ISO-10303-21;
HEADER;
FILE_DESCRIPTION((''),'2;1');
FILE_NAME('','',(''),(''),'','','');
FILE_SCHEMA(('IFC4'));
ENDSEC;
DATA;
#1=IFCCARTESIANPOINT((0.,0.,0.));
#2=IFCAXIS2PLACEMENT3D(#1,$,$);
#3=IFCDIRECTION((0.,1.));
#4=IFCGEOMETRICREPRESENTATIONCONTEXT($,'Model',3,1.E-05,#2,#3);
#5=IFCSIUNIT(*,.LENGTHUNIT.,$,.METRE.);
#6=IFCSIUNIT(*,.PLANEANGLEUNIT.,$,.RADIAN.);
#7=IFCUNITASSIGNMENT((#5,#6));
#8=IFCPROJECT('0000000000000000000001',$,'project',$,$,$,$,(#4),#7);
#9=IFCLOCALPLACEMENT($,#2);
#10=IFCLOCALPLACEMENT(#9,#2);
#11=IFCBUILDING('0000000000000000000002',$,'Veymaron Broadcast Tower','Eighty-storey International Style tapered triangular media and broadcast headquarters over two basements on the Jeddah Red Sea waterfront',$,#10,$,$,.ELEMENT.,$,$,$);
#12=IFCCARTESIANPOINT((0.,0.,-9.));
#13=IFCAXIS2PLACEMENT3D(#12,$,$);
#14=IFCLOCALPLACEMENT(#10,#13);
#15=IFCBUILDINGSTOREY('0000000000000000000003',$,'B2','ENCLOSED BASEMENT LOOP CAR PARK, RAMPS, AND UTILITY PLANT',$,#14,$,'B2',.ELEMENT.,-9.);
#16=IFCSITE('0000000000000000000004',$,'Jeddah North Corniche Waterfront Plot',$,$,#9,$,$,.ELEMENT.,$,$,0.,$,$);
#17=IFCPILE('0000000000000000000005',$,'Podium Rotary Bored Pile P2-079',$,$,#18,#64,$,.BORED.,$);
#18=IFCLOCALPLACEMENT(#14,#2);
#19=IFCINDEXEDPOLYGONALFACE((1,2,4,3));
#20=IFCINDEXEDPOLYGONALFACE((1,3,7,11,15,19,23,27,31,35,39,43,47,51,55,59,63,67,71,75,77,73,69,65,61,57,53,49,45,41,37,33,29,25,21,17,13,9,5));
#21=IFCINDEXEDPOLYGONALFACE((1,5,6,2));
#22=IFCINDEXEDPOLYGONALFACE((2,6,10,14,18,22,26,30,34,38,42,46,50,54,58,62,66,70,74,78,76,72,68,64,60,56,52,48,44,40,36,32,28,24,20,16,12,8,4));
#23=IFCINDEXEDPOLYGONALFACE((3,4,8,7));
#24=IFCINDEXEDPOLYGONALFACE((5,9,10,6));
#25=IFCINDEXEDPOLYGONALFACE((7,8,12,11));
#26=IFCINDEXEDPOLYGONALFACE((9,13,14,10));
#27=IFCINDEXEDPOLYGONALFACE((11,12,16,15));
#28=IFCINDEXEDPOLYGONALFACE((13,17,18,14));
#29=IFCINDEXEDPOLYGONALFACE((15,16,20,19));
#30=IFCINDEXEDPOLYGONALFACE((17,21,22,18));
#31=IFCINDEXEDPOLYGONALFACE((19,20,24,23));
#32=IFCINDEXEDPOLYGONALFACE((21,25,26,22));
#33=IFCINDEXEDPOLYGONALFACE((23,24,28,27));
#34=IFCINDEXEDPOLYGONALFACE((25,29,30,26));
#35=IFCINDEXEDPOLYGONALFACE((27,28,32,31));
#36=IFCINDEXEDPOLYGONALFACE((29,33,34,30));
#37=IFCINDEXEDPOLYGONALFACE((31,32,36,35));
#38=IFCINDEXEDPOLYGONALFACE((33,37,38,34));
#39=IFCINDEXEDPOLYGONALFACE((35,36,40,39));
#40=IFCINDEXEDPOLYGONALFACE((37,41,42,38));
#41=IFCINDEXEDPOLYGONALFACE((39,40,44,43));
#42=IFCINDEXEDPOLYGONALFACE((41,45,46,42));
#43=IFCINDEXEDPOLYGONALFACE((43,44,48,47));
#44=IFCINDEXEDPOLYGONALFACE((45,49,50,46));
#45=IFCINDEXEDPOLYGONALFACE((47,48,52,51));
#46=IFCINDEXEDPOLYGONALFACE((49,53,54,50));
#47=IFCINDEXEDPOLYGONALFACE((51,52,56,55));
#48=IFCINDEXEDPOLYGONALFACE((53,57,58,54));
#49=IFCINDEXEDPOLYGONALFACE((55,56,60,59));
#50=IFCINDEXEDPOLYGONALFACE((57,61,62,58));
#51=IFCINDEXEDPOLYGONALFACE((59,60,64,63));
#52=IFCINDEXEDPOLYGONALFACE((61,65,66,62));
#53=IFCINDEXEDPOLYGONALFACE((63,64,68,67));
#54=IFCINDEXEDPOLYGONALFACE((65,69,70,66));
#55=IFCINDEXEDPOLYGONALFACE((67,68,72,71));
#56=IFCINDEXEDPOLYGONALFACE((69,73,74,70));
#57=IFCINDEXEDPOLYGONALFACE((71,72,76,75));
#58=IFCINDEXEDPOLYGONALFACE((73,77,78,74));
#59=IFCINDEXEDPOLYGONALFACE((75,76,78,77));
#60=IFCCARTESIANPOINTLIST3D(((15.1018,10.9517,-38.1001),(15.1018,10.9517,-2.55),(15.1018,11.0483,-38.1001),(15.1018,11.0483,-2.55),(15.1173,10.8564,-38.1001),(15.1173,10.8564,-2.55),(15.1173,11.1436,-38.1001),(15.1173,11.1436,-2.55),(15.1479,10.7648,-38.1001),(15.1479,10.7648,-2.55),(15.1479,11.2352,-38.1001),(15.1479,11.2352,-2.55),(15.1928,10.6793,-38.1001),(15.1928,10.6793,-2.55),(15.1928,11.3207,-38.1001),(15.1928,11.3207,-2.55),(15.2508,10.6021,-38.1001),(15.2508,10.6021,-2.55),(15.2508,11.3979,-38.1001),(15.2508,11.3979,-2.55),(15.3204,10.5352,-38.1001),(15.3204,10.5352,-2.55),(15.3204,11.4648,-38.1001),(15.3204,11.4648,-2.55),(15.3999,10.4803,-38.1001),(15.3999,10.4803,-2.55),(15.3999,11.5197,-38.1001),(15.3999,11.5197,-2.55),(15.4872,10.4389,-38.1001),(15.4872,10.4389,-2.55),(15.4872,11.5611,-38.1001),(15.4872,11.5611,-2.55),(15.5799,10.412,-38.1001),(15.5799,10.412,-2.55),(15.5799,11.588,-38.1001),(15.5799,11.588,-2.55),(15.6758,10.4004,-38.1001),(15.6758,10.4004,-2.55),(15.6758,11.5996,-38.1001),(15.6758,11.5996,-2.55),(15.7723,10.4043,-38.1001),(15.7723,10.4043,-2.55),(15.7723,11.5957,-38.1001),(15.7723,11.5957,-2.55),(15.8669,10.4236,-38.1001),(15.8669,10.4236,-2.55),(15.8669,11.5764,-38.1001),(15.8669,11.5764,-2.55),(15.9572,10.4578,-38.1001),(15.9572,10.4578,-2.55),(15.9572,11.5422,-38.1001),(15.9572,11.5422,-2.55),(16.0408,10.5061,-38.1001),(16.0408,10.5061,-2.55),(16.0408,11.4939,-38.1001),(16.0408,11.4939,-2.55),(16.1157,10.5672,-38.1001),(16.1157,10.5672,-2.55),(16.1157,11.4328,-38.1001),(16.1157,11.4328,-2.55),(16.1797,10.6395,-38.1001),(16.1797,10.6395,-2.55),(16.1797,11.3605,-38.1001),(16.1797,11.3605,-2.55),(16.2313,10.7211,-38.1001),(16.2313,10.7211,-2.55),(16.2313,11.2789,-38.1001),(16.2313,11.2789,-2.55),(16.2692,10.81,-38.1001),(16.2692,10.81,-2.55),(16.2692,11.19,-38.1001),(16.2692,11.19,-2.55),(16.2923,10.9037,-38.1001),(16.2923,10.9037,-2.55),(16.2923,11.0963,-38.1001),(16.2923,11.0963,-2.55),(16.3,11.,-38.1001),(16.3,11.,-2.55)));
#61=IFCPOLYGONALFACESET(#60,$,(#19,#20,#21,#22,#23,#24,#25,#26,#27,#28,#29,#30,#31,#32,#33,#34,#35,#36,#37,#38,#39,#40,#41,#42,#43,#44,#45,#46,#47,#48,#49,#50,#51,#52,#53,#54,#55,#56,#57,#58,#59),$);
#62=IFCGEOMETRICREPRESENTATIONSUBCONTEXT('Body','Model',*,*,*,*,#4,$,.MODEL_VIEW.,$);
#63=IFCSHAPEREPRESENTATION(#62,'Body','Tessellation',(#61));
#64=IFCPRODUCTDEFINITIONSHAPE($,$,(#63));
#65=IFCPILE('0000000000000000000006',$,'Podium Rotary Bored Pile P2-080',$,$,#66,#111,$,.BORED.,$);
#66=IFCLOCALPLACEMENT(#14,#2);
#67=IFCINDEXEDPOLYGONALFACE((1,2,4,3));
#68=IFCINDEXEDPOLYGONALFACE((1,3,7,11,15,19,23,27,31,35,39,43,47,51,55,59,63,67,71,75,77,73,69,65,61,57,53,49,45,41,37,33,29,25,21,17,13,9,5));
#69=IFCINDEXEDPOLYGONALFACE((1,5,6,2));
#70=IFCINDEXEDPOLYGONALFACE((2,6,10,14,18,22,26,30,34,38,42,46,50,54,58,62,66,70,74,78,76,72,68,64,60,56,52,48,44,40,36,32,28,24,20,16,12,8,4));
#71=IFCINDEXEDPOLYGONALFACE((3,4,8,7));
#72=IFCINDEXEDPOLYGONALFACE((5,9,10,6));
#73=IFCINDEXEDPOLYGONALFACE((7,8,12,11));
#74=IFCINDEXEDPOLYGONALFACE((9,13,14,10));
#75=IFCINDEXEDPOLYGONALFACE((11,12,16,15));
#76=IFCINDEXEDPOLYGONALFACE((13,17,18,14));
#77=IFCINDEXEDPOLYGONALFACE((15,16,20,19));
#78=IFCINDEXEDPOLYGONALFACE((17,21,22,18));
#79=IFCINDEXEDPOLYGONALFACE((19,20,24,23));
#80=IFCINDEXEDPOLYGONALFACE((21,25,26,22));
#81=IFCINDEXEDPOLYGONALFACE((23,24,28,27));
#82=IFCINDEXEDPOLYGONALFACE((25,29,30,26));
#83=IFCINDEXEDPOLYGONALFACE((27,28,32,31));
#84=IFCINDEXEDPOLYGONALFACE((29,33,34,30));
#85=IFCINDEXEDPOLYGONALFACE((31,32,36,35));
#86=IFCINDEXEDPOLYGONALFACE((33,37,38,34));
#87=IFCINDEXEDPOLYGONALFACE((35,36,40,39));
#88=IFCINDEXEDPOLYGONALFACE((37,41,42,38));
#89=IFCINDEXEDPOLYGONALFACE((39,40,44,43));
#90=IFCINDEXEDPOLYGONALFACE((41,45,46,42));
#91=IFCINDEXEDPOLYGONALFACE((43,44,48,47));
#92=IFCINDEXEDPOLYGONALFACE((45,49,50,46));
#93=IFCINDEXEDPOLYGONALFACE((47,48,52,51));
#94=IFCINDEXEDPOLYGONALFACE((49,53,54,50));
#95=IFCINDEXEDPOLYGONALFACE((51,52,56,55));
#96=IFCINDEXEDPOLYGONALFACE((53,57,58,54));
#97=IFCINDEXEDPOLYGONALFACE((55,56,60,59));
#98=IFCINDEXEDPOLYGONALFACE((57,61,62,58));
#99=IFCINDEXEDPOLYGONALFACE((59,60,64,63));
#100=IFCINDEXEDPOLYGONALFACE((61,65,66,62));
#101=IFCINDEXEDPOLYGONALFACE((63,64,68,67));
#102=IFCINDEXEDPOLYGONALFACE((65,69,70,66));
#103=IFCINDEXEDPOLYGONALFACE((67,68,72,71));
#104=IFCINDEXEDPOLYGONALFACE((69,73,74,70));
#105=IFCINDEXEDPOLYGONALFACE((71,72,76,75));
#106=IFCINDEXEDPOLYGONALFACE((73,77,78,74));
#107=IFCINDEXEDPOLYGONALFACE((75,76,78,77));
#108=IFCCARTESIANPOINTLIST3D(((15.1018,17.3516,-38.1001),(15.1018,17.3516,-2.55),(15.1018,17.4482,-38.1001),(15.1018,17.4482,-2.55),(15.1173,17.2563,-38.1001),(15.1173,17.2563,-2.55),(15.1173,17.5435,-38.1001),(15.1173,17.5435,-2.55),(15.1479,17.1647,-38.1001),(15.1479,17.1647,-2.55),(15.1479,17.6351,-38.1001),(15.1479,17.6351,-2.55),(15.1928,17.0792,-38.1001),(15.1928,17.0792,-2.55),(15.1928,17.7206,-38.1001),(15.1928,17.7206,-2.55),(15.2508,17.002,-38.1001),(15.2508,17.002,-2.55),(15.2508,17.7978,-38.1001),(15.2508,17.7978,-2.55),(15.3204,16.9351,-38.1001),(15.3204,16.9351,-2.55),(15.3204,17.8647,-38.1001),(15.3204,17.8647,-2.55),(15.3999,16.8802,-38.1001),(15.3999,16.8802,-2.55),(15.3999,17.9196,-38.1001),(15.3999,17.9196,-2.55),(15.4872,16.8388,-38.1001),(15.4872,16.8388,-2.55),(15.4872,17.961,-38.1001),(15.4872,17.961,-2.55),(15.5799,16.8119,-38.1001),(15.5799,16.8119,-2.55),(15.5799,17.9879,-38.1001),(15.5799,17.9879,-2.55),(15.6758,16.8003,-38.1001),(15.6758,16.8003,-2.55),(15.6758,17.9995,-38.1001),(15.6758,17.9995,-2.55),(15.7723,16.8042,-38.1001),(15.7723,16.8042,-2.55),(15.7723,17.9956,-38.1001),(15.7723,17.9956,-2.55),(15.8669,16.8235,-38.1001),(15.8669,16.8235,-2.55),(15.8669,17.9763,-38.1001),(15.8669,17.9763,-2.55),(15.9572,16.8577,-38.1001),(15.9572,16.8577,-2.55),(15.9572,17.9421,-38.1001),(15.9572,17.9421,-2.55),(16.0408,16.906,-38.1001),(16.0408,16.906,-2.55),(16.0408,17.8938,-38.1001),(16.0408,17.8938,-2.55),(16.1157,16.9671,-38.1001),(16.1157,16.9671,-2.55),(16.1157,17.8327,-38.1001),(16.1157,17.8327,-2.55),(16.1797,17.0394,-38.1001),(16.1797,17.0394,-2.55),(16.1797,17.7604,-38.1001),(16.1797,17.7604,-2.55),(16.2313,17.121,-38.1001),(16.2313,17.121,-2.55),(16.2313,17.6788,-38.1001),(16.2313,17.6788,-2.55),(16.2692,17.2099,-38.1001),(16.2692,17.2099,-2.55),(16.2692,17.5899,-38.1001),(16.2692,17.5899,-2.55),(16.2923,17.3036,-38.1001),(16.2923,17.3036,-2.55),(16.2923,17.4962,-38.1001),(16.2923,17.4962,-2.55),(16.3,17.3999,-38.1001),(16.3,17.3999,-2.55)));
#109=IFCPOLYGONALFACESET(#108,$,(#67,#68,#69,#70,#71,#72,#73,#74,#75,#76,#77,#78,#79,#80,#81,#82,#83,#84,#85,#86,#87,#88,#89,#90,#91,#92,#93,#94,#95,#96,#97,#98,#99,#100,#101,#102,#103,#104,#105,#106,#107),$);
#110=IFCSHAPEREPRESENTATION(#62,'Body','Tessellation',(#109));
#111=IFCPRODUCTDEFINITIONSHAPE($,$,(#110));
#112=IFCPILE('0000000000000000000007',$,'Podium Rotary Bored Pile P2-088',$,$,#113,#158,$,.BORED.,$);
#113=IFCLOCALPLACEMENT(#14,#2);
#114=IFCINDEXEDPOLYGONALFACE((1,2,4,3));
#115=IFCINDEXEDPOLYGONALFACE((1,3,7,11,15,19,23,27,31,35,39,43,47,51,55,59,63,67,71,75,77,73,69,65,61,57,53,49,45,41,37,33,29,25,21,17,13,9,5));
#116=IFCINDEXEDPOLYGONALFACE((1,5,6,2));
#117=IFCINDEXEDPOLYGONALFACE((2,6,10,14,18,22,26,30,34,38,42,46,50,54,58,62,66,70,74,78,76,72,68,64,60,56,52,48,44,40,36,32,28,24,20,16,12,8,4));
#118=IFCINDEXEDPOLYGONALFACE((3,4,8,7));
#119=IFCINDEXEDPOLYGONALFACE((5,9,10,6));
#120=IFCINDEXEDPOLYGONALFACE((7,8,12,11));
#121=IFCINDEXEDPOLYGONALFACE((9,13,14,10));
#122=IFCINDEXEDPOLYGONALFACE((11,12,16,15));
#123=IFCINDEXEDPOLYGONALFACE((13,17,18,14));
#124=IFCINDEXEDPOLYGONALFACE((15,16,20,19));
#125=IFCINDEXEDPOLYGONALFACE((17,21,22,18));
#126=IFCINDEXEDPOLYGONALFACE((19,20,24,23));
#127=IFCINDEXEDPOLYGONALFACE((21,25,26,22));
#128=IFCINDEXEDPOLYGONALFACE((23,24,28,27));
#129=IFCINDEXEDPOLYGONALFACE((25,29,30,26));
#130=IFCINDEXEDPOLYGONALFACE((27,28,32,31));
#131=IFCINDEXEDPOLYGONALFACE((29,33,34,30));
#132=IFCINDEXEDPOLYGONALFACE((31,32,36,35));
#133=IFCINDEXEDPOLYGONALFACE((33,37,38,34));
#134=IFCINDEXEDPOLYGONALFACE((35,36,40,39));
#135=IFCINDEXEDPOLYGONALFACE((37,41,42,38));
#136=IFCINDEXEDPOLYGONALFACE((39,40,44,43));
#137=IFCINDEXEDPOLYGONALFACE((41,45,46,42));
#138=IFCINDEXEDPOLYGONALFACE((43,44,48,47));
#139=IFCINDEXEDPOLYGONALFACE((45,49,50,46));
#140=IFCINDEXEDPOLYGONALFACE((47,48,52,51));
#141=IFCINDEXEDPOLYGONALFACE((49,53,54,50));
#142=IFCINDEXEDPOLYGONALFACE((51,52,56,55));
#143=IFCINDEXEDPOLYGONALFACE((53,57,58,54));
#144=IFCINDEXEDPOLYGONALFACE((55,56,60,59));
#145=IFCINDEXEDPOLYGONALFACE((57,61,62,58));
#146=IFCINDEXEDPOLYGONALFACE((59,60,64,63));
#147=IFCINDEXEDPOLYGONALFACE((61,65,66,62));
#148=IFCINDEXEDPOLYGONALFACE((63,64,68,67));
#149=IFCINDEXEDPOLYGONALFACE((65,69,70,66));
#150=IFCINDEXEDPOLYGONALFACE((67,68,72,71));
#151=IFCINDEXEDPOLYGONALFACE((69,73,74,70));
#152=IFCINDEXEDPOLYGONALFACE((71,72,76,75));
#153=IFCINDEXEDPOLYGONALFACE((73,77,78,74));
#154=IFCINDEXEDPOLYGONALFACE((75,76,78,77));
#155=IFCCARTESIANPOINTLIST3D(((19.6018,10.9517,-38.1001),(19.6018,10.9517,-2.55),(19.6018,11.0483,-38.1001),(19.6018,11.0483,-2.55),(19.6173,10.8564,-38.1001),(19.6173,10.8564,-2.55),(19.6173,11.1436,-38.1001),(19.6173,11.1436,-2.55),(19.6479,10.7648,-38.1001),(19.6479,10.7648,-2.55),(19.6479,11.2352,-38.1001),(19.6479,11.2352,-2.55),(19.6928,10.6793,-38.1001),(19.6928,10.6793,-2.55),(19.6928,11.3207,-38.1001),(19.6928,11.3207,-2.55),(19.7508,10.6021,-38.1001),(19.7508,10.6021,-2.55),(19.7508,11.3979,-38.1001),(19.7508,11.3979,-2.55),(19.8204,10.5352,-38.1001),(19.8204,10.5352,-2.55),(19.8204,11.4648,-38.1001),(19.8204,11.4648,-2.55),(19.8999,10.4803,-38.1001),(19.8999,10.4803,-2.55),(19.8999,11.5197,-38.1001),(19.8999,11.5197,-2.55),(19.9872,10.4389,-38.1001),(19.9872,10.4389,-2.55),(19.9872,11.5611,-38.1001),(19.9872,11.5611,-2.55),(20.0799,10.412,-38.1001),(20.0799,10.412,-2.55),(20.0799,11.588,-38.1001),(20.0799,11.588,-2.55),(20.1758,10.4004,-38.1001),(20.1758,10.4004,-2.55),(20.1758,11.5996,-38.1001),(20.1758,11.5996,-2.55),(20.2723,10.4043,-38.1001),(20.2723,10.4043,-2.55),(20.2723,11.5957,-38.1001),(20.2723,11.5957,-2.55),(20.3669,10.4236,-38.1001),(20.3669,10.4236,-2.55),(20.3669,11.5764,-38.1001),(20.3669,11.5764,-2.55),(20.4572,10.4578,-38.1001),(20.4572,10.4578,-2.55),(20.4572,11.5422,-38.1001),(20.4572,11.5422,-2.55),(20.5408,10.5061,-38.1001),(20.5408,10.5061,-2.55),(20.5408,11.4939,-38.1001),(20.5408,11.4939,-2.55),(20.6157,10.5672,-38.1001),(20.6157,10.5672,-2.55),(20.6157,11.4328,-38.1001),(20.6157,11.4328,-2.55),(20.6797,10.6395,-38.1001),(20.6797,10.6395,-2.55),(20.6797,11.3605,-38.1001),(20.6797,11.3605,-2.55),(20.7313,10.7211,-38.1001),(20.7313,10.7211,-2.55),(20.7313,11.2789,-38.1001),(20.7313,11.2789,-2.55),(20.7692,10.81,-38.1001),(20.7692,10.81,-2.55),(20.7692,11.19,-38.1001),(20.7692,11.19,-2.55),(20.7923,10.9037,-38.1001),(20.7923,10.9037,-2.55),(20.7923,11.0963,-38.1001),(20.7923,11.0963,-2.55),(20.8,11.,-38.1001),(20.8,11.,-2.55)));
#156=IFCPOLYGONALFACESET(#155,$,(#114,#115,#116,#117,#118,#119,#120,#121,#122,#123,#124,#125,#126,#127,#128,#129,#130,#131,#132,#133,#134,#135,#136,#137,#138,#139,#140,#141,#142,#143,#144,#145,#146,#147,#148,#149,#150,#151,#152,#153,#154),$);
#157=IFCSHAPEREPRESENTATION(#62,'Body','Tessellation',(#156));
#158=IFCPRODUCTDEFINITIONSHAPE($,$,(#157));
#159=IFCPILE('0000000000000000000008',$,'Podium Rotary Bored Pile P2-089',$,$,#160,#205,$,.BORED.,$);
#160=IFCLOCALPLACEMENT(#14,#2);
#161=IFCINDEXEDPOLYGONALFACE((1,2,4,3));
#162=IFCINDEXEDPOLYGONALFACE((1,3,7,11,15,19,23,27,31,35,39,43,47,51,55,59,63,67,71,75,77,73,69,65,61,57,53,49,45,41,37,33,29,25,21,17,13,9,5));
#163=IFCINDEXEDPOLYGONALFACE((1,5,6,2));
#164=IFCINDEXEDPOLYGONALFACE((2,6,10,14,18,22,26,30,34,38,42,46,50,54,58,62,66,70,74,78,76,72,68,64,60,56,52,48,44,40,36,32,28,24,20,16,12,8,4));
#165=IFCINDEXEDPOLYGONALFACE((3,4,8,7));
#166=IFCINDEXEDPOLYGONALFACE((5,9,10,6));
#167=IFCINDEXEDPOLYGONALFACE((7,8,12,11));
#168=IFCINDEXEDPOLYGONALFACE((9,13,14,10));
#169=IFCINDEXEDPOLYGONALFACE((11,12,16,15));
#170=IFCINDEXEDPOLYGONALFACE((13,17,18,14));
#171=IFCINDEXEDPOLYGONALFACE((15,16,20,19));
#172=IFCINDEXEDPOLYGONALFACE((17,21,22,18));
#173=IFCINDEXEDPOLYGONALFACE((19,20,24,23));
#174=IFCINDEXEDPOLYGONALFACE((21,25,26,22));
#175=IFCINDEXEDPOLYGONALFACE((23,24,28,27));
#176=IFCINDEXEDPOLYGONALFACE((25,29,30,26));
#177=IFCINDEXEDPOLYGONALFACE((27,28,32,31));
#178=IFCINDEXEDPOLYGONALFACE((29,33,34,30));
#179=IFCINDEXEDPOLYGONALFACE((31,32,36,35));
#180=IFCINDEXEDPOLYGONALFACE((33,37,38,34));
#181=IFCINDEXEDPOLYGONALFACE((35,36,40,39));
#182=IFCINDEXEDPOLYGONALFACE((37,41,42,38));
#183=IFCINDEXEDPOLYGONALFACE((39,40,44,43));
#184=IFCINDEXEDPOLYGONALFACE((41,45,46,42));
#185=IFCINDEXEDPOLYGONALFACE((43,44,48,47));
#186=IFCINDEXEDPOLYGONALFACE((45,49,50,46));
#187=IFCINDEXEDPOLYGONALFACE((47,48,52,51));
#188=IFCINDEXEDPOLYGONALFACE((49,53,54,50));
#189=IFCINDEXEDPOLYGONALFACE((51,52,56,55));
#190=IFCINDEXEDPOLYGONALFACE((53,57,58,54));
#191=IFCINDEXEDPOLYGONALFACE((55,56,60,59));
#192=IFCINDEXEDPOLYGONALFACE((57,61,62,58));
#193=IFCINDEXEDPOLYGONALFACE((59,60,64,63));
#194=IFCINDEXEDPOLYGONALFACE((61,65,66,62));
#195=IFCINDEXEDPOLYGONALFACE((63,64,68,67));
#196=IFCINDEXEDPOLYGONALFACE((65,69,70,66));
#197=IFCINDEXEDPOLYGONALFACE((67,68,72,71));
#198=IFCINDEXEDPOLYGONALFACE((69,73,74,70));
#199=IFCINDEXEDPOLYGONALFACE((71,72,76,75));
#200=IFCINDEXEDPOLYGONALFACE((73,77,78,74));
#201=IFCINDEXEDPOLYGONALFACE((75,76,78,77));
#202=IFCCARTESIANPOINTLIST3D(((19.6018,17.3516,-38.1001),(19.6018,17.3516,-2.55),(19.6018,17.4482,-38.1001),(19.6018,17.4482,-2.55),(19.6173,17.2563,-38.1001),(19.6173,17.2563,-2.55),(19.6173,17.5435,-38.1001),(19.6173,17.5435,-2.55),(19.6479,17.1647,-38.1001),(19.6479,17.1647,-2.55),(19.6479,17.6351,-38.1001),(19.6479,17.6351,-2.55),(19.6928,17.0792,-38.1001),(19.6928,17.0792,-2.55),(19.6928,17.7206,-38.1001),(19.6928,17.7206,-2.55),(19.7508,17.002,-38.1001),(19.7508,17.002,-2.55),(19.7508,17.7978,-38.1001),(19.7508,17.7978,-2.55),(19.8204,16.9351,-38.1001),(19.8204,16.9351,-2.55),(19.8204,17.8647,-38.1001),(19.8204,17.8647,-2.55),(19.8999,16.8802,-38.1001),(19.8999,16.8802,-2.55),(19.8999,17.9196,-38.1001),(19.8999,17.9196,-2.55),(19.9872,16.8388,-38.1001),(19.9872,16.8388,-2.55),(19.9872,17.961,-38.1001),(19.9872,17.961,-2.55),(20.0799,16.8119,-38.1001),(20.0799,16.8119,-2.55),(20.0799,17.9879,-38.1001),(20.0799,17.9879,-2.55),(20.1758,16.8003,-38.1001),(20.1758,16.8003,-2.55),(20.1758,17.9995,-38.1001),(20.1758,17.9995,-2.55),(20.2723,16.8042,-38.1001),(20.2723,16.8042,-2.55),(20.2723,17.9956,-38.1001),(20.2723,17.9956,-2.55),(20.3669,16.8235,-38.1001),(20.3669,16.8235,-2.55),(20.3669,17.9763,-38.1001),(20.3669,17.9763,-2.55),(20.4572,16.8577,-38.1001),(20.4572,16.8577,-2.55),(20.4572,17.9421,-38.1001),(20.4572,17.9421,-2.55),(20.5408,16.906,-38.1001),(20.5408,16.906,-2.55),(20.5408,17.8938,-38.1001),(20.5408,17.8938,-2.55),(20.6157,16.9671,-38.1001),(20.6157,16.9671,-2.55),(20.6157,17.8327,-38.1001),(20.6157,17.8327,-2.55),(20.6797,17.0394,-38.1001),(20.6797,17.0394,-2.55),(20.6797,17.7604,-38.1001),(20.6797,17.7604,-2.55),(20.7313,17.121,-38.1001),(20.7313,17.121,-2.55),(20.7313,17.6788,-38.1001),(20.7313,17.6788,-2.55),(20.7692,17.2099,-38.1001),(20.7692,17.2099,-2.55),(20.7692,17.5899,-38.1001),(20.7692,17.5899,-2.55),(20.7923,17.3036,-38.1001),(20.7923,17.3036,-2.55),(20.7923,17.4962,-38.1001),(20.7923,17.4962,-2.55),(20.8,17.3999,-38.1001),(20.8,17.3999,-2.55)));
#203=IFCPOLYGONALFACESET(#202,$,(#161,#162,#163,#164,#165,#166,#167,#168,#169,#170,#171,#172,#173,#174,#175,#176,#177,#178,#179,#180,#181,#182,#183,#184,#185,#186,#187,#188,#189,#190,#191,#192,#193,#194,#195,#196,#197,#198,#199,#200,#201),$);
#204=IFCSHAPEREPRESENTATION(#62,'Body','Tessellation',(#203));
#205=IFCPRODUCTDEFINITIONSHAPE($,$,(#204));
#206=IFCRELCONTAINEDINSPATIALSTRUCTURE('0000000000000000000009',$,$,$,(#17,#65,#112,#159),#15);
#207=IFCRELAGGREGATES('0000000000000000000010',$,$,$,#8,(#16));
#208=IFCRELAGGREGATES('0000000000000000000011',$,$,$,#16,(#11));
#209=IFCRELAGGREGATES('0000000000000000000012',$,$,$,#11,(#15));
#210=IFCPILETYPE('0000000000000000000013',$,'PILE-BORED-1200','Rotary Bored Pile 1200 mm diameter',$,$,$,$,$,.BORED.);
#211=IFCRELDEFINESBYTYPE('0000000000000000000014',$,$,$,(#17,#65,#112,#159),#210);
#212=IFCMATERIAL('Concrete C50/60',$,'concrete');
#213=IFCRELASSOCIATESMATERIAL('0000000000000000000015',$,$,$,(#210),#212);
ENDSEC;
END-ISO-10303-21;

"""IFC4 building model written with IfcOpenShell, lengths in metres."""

from ifc_helpers import new_model, si_unit, direction, frame, origin, origin_2d, place, context, subcontext, project, spatial, circle, extrude, material, material_profile, profile_set, type_object, element, save


model = new_model("IFC4")

# Units and contexts
model_context = context("Model", 3, precision=1e-05, world=origin(), true_north=direction((0.0, 1.0)))
body_context = subcontext(model_context, "Body", "Model", "MODEL_VIEW")
ifc_project = project(units=[si_unit("LENGTHUNIT", "METRE"), si_unit("PLANEANGLEUNIT", "RADIAN")], contexts=[model_context])

# Site, building, storey
site_placement = place(None, origin())
site = spatial("IfcSite", under=ifc_project, at=site_placement, Name="Jeddah North Corniche Waterfront Plot", CompositionType="ELEMENT", RefElevation=0.0)
building_placement = place(site_placement, origin())
building = spatial("IfcBuilding", under=site, at=building_placement, Name="Veymaron Broadcast Tower", Description="Eighty-storey International Style tapered triangular media and broadcast headquarters over two basements on the Jeddah Red Sea waterfront", CompositionType="ELEMENT")
storey_placement = place(building_placement, frame((0.0, 0.0, -9.0)))
storey = spatial("IfcBuildingStorey", under=building, at=storey_placement, Name="B2", Description="ENCLOSED BASEMENT LOOP CAR PARK, RAMPS, AND UTILITY PLANT", LongName="B2", CompositionType="ELEMENT", Elevation=-9.0)

# Piles
ifc_material_1 = material(Name="Concrete C50/60", Category="concrete")
ifc_material_profile_1 = material_profile(ifc_material_1, circle(Radius=0.6001, at=origin_2d()), Name="PILE1200")
ifc_profile_set_1 = profile_set([ifc_material_profile_1], Name="Concrete C50/60")
pile_type_1 = type_object("IfcPileType", Name="PILE-BORED-1200", Description="Rotary Bored Pile 1200 mm diameter", PredefinedType="BORED", material=ifc_profile_set_1)
for number, where, z_axis, x_axis, name in (
    (1, (15.7, 11.0, -2.55), (0.0, 0.0, -1.0), (1.0, 0.0, 0.0), "Podium Rotary Bored Pile P2-079"),
    (2, (15.7, 17.3999, -2.55), (0.0, 0.0, -1.0), (1.0, 0.0, 0.0), "Podium Rotary Bored Pile P2-080"),
    (3, (20.2, 11.0, -2.55), (0.0, 0.0, -1.0), (1.0, 0.0, 0.0), "Podium Rotary Bored Pile P2-088"),
    (4, (20.2, 17.3999, -2.55), (0.0, 0.0, -1.0), (1.0, 0.0, 0.0), "Podium Rotary Bored Pile P2-089"),
):
    element("IfcPile", number, at=place(storey_placement, frame(where, z_axis=z_axis, x_axis=x_axis)), inside=storey, type_object=pile_type_1, Name=name, PredefinedType="BORED", context=body_context, shape_type="SweptSolid", body=[
        extrude(circle(Radius=0.6001, at=origin_2d()), origin(), (0.0, 0.0, 1.0), 35.55),
    ])

save(model, "model.ifc")
